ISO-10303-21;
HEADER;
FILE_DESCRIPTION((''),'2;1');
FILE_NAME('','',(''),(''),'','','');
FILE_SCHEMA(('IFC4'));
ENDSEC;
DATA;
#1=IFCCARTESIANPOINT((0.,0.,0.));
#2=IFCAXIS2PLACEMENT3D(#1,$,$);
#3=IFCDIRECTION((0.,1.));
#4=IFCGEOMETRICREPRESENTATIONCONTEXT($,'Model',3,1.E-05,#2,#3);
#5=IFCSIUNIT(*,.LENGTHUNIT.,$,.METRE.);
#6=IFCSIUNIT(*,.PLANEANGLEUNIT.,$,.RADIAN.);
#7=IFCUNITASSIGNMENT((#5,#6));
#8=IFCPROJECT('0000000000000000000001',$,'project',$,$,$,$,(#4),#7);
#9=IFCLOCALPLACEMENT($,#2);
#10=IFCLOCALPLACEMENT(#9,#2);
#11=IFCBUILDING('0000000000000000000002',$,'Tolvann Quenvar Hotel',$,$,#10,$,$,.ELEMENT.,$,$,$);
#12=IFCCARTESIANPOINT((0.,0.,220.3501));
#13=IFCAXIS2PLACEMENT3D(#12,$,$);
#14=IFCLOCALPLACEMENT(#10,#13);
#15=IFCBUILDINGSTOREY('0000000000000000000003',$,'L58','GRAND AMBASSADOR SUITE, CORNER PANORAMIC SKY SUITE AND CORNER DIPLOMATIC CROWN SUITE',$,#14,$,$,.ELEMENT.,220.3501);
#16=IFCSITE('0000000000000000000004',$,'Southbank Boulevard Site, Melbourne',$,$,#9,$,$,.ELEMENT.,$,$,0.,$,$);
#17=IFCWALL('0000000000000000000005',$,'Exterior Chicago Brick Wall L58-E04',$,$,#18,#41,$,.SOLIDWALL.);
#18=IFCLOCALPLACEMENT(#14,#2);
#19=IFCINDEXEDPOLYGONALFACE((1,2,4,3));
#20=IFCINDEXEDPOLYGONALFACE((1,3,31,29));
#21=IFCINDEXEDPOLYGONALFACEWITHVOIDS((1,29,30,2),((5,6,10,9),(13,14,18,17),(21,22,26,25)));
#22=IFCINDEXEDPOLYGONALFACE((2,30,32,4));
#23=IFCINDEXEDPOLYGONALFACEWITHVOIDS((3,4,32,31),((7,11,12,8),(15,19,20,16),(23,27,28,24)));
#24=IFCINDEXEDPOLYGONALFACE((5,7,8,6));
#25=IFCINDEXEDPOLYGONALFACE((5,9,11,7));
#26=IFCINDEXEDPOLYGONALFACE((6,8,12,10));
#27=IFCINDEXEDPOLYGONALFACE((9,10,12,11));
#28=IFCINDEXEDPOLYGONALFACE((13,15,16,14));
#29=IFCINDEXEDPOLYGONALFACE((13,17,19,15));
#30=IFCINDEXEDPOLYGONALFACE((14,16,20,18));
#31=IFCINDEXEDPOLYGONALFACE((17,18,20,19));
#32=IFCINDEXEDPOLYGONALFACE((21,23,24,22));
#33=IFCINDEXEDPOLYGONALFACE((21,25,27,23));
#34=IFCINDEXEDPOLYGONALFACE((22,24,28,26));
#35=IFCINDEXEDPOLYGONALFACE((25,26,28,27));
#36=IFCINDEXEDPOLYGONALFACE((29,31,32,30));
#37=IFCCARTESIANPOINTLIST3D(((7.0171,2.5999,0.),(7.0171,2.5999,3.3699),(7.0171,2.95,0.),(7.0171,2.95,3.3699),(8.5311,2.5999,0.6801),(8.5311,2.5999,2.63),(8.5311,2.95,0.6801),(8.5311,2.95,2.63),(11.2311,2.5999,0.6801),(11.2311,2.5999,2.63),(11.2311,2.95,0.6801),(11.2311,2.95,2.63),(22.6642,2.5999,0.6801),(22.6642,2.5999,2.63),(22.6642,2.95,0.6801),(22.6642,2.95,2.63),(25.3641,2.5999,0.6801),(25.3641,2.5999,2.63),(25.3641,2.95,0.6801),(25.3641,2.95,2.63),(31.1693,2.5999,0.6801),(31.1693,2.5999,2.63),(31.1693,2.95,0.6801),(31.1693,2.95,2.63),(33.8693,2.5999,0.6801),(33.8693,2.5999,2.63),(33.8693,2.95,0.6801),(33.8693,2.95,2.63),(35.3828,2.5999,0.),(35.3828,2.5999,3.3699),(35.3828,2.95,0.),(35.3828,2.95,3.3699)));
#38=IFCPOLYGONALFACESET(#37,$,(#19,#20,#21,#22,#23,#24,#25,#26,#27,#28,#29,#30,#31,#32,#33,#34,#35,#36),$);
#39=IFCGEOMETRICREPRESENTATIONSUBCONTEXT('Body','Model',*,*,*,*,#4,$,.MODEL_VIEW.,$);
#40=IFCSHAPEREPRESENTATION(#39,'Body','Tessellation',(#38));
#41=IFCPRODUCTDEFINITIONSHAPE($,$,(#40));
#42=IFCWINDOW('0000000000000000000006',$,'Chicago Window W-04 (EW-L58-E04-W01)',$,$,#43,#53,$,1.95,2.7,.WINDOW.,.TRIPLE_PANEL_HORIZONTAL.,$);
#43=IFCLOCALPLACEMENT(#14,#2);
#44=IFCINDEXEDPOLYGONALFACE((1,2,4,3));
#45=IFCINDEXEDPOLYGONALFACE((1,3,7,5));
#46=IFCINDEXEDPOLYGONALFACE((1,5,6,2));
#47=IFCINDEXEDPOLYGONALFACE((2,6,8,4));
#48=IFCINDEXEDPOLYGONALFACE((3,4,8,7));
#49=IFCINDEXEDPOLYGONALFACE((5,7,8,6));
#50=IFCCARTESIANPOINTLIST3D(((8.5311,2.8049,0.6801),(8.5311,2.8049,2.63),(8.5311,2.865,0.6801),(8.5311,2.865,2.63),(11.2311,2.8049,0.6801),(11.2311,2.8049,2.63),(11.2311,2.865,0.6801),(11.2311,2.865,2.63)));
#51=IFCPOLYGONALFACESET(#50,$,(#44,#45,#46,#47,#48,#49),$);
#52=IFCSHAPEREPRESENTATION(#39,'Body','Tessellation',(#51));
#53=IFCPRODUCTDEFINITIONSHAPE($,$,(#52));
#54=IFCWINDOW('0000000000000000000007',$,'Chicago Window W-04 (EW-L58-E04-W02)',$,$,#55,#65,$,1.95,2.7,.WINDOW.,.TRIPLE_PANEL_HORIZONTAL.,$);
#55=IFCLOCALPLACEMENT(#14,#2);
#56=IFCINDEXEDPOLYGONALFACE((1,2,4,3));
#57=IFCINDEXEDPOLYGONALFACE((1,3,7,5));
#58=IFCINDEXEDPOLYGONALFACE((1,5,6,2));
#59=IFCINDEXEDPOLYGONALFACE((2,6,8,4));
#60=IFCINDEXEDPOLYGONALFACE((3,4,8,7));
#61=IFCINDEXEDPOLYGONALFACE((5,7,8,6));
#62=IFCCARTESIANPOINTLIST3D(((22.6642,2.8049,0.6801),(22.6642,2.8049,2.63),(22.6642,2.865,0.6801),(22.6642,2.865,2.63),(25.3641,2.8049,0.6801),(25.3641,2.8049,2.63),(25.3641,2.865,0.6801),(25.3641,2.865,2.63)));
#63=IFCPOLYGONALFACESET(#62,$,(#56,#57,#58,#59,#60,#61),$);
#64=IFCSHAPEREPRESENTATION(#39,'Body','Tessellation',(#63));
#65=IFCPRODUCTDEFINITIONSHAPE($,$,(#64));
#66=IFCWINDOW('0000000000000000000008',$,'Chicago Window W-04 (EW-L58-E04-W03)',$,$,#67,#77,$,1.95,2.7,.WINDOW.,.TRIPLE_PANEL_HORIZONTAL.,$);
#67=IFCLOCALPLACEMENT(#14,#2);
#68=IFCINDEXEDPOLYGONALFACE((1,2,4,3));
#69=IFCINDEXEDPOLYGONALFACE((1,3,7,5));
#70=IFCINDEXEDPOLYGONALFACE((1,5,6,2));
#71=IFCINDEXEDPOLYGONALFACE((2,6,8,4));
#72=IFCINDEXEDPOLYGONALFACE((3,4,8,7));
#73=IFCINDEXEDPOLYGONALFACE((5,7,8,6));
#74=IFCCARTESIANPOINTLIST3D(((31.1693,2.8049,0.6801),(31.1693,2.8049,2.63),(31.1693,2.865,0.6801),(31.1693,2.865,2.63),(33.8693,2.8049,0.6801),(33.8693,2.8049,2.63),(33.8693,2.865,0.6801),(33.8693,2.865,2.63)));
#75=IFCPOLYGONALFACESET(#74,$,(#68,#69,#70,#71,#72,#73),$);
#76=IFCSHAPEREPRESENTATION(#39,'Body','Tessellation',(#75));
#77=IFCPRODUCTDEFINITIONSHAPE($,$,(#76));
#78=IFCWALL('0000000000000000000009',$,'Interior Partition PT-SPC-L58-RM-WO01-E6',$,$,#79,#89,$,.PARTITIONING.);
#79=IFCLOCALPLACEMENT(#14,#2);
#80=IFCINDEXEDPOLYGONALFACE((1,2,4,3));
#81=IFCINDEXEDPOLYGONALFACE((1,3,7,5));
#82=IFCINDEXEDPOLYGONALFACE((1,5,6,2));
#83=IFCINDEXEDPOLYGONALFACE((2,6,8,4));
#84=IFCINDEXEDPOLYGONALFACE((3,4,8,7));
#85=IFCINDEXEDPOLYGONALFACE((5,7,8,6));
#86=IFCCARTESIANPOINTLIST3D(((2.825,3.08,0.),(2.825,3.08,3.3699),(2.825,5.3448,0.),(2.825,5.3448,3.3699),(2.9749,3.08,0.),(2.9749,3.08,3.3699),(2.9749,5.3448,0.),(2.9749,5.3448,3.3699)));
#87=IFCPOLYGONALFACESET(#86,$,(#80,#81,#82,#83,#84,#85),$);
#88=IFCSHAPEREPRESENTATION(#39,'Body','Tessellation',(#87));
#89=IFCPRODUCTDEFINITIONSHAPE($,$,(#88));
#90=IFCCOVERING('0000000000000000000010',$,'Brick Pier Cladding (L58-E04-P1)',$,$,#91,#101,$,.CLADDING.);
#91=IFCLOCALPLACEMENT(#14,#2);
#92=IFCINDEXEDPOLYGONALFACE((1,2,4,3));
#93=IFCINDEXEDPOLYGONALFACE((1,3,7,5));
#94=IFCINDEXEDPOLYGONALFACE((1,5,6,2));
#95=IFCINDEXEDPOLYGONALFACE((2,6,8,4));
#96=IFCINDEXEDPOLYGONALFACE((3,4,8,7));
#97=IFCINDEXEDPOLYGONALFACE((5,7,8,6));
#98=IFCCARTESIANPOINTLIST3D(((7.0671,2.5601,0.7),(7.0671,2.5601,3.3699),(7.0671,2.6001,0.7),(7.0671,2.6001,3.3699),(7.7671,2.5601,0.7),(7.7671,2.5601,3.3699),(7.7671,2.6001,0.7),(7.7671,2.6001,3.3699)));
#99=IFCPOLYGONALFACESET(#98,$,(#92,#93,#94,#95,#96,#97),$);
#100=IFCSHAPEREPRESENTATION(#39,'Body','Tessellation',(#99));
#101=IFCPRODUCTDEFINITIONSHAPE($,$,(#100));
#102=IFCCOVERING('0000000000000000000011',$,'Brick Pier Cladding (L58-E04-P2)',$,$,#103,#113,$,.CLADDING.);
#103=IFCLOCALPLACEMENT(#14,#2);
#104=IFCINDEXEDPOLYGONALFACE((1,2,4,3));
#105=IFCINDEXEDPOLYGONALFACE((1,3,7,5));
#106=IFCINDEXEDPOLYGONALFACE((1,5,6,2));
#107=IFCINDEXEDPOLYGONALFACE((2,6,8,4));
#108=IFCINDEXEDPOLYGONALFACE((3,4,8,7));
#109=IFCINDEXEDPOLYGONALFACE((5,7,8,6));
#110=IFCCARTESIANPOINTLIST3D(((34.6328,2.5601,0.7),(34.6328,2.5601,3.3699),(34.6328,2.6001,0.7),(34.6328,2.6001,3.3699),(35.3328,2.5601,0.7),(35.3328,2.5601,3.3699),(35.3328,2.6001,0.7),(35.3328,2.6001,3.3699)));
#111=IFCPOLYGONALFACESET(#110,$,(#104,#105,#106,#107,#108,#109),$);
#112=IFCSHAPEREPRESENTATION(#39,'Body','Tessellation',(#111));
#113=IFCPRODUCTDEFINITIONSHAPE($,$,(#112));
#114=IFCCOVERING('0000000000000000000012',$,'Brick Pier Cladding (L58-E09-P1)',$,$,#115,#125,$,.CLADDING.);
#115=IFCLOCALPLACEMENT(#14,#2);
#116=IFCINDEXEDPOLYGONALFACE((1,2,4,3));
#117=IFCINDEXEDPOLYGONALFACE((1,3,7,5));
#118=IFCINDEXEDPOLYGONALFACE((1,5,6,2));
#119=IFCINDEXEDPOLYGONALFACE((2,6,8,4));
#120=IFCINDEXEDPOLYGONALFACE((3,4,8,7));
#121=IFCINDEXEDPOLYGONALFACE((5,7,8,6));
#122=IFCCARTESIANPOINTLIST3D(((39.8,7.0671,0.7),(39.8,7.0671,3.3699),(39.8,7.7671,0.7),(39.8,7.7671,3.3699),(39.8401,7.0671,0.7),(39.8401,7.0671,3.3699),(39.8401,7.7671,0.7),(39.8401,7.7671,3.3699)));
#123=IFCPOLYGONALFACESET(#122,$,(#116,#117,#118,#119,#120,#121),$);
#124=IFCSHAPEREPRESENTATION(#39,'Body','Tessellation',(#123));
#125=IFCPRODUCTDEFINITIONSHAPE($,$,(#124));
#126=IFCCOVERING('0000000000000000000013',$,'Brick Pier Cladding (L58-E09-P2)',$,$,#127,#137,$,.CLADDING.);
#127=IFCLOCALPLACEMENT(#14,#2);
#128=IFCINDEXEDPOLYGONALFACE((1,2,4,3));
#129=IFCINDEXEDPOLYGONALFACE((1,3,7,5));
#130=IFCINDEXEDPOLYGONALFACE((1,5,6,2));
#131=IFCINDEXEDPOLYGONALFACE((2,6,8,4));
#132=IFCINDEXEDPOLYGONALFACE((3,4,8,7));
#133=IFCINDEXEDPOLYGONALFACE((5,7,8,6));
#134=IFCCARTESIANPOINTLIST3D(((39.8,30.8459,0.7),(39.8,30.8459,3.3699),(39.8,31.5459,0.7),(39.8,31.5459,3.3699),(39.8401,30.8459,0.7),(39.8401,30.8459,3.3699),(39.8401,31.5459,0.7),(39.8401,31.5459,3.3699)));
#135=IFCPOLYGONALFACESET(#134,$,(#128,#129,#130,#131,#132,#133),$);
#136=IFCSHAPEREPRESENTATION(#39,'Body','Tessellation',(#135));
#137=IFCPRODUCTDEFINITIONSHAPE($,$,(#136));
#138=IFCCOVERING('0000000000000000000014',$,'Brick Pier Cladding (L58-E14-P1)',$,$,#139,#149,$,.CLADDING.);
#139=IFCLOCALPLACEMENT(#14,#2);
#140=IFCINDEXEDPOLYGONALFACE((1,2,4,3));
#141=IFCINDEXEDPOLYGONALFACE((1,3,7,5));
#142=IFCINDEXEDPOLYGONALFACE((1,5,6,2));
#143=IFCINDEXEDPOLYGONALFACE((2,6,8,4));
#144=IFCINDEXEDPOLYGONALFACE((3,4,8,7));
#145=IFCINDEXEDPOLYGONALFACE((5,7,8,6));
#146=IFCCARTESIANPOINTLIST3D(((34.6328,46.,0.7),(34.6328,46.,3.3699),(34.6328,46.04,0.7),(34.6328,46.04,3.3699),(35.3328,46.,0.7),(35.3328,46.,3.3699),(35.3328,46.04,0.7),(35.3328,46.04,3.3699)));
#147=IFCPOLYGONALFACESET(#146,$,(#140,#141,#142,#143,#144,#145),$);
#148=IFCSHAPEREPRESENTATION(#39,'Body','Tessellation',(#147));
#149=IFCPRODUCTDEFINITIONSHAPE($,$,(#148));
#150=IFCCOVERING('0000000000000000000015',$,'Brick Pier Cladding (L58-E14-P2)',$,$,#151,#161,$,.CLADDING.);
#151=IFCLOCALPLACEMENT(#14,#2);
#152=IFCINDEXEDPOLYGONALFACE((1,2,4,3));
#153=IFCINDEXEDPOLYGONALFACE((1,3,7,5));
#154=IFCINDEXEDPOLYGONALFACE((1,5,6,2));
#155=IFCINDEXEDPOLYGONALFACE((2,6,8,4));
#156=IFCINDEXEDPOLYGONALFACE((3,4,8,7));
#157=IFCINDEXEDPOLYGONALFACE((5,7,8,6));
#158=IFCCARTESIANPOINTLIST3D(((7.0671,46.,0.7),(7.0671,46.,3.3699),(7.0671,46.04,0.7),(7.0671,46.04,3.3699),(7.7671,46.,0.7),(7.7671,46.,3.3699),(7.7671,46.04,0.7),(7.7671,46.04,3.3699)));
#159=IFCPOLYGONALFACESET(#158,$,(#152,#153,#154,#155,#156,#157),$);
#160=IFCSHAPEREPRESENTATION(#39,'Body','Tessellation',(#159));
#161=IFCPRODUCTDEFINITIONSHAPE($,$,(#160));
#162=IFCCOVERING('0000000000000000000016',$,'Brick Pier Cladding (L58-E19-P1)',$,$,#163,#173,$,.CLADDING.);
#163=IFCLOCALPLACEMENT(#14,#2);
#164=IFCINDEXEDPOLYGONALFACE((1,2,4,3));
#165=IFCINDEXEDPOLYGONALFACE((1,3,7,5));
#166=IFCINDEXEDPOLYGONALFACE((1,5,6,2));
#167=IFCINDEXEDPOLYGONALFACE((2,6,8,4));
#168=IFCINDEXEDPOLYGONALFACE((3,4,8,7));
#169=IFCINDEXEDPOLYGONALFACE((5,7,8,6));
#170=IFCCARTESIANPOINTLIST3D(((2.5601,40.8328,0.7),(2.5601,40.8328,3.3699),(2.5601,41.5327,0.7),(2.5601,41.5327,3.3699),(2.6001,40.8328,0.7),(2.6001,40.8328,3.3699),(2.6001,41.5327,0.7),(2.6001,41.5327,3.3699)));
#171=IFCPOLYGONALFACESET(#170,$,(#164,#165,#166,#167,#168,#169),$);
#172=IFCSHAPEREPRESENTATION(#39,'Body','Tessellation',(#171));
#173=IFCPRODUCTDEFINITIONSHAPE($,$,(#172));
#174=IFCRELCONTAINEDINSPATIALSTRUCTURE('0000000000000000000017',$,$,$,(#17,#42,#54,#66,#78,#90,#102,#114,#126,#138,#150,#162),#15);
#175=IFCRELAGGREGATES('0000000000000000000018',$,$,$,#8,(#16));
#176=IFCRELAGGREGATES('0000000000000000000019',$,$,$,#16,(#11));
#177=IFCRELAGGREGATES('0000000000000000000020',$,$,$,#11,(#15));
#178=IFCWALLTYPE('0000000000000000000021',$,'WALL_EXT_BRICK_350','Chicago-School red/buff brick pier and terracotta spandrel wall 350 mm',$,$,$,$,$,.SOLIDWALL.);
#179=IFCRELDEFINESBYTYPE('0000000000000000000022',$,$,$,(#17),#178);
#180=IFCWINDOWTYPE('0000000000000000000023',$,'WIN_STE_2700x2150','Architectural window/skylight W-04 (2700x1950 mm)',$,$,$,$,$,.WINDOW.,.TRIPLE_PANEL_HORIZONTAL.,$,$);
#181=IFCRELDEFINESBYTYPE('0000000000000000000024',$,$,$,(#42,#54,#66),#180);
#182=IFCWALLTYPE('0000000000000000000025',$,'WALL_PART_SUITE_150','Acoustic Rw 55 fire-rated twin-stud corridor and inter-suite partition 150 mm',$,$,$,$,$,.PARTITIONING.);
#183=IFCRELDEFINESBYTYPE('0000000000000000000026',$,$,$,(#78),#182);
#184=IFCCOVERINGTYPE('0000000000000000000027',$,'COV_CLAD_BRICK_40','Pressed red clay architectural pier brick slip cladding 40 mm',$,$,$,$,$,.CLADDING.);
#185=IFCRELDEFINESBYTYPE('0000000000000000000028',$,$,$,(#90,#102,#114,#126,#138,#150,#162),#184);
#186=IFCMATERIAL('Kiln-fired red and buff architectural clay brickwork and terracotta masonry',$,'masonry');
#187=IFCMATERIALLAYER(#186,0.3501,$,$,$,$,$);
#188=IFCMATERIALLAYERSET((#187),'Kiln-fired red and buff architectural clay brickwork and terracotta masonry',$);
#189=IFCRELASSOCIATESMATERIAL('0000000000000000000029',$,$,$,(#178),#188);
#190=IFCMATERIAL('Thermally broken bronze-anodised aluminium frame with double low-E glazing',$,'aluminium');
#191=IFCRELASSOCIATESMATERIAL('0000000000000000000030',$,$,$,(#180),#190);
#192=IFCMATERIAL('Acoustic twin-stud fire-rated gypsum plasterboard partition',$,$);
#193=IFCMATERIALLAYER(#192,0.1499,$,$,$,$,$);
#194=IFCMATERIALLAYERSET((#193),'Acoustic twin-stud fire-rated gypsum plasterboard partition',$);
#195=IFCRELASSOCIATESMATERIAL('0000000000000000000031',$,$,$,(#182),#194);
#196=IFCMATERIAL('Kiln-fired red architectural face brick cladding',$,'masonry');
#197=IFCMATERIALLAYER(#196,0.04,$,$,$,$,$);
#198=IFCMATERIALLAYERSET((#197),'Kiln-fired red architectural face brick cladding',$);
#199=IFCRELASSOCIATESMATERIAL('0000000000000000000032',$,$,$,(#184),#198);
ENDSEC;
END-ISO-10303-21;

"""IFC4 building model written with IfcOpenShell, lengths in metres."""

from ifc_helpers import new_model, si_unit, direction, frame, frame_2d, origin, place, context, subcontext, project, spatial, polyline, rectangle, outline, extrude, source, transform, mapped, material, layer, layer_set, type_object, type_shapes, element, fill, save


model = new_model("IFC4")

# Units and contexts
model_context = context("Model", 3, precision=1e-05, world=origin(), true_north=direction((0.0, 1.0)))
body_context = subcontext(model_context, "Body", "Model", "MODEL_VIEW")
ifc_project = project(units=[si_unit("LENGTHUNIT", "METRE"), si_unit("PLANEANGLEUNIT", "RADIAN")], contexts=[model_context])

# Site, building, storey
site_placement = place(None, origin())
site = spatial("IfcSite", under=ifc_project, at=site_placement, Name="Southbank Boulevard Site, Melbourne", CompositionType="ELEMENT", RefElevation=0.0)
building_placement = place(site_placement, origin())
building = spatial("IfcBuilding", under=site, at=building_placement, Name="Tolvann Quenvar Hotel", CompositionType="ELEMENT")
storey_placement = place(building_placement, frame((0.0, 0.0, 220.3501)))
storey = spatial("IfcBuildingStorey", under=building, at=storey_placement, Name="L58", Description="GRAND AMBASSADOR SUITE, CORNER PANORAMIC SKY SUITE AND CORNER DIPLOMATIC CROWN SUITE", CompositionType="ELEMENT", Elevation=220.3501)

# Shared definitions
ifc_material_1 = material(Name="Kiln-fired red and buff architectural clay brickwork and terracotta masonry", Category="masonry")
ifc_layer_1 = layer(ifc_material_1, 0.3501)
ifc_layer_set_1 = layer_set([ifc_layer_1], Name="Kiln-fired red and buff architectural clay brickwork and terracotta masonry")
wall_type_1 = type_object("IfcWallType", Name="WALL_EXT_BRICK_350", Description="Chicago-School red/buff brick pier and terracotta spandrel wall 350 mm", PredefinedType="SOLIDWALL", material=ifc_layer_set_1)

# Wall, openings, windows
wall_1_placement = place(storey_placement, frame((7.0171, 2.7749, 0.0), z_axis=(0.0, 0.0, 1.0), x_axis=(1.0, 0.0, 0.0)))
wall_1 = element("IfcWall", 1, at=wall_1_placement, inside=storey, type_object=wall_type_1, Name="Exterior Chicago Brick Wall L58-E04", PredefinedType="SOLIDWALL", context=body_context, shape_type="SweptSolid", body=[
    extrude(rectangle(XDim=28.3657, YDim=0.3501, at=frame_2d((14.1829, 0.0))), origin(), (0.0, 0.0, 1.0), 3.3699),
])
opening_1_placement = place(wall_1_placement, frame((1.5139, 0.0, 0.6799)))
opening_1 = element("IfcOpeningElement", 2, at=opening_1_placement, cuts=wall_1, PredefinedType="OPENING", context=body_context, shape_type="SweptSolid", body=[
    extrude(rectangle(XDim=2.7, YDim=1.95, at=frame_2d((1.3501, 0.9751))), frame((0.0, 0.1851, 0.0), z_axis=(0.0, -1.0, 0.0), x_axis=(1.0, 0.0, 0.0)), (0.0, 0.0, 1.0), 0.3701),
])
opening_2_placement = place(wall_1_placement, frame((15.647, 0.0, 0.6799)))
opening_2 = element("IfcOpeningElement", 3, at=opening_2_placement, cuts=wall_1, PredefinedType="OPENING", context=body_context, shape_type="SweptSolid", body=[
    extrude(rectangle(XDim=2.7, YDim=1.95, at=frame_2d((1.3501, 0.9751))), frame((0.0, 0.1851, 0.0), z_axis=(0.0, -1.0, 0.0), x_axis=(1.0, 0.0, 0.0)), (0.0, 0.0, 1.0), 0.3701),
])
opening_3_placement = place(wall_1_placement, frame((24.1521, 0.0, 0.6799)))
opening_3 = element("IfcOpeningElement", 4, at=opening_3_placement, cuts=wall_1, PredefinedType="OPENING", context=body_context, shape_type="SweptSolid", body=[
    extrude(rectangle(XDim=2.7, YDim=1.95, at=frame_2d((1.3501, 0.9751))), frame((0.0, 0.1851, 0.0), z_axis=(0.0, -1.0, 0.0), x_axis=(1.0, 0.0, 0.0)), (0.0, 0.0, 1.0), 0.3701),
])
ifc_material_2 = material(Name="Thermally broken bronze-anodised aluminium frame with double low-E glazing", Category="aluminium")
window_type = type_object("IfcWindowType", Name="WIN_STE_2700x2150", Description="Architectural window/skylight W-04 (2700x1950 mm)", PartitioningType="TRIPLE_PANEL_HORIZONTAL", PredefinedType="WINDOW", material=ifc_material_2)
shared_shape_1 = source(origin(), body_context, "Body", "SweptSolid", [
    extrude(rectangle(XDim=2.7, YDim=1.95, at=frame_2d((1.3501, 0.9751))), frame((0.0, 0.0901, 0.0), z_axis=(0.0, -1.0, 0.0), x_axis=(1.0, 0.0, 0.0)), (0.0, 0.0, 1.0), 0.0601),
])
type_shapes(window_type, [shared_shape_1])
window_1_placement = place(opening_1_placement, origin())
window_1 = element("IfcWindow", 5, at=window_1_placement, inside=storey, type_object=window_type, Name="Chicago Window W-04 (EW-L58-E04-W01)", OverallHeight=1.95, OverallWidth=2.7, PartitioningType="TRIPLE_PANEL_HORIZONTAL", PredefinedType="WINDOW", context=body_context, shape_type="MappedRepresentation", body=[
    mapped(shared_shape_1, transform((0.0, 0.0, 0.0), x_axis=(1.0, 0.0, 0.0), y_axis=(0.0, 1.0, 0.0), z_axis=(0.0, 0.0, 1.0), scale=1.0)),
])
fill(opening_1, window_1)
window_2_placement = place(opening_2_placement, origin())
window_2 = element("IfcWindow", 6, at=window_2_placement, inside=storey, type_object=window_type, Name="Chicago Window W-04 (EW-L58-E04-W02)", OverallHeight=1.95, OverallWidth=2.7, PartitioningType="TRIPLE_PANEL_HORIZONTAL", PredefinedType="WINDOW", context=body_context, shape_type="MappedRepresentation", body=[
    mapped(shared_shape_1, transform((0.0, 0.0, 0.0), x_axis=(1.0, 0.0, 0.0), y_axis=(0.0, 1.0, 0.0), z_axis=(0.0, 0.0, 1.0), scale=1.0)),
])
fill(opening_2, window_2)
window_3_placement = place(opening_3_placement, origin())
window_3 = element("IfcWindow", 7, at=window_3_placement, inside=storey, type_object=window_type, Name="Chicago Window W-04 (EW-L58-E04-W03)", OverallHeight=1.95, OverallWidth=2.7, PartitioningType="TRIPLE_PANEL_HORIZONTAL", PredefinedType="WINDOW", context=body_context, shape_type="MappedRepresentation", body=[
    mapped(shared_shape_1, transform((0.0, 0.0, 0.0), x_axis=(1.0, 0.0, 0.0), y_axis=(0.0, 1.0, 0.0), z_axis=(0.0, 0.0, 1.0), scale=1.0)),
])
fill(opening_3, window_3)

# Wall
ifc_material_3 = material(Name="Acoustic twin-stud fire-rated gypsum plasterboard partition")
ifc_layer_2 = layer(ifc_material_3, 0.1499)
ifc_layer_set_2 = layer_set([ifc_layer_2], Name="Acoustic twin-stud fire-rated gypsum plasterboard partition")
wall_type_2 = type_object("IfcWallType", Name="WALL_PART_SUITE_150", Description="Acoustic Rw 55 fire-rated twin-stud corridor and inter-suite partition 150 mm", PredefinedType="PARTITIONING", material=ifc_layer_set_2)
wall_2_placement = place(storey_placement, frame((2.8999, 3.0801, 0.0), z_axis=(0.0, 0.0, 1.0), x_axis=(0.0, 1.0, 0.0)))
element("IfcWall", 8, at=wall_2_placement, inside=storey, type_object=wall_type_2, Name="Interior Partition PT-SPC-L58-RM-WO01-E6", PredefinedType="PARTITIONING", context=body_context, shape_type="SweptSolid", body=[
    extrude(rectangle(XDim=2.2649, YDim=0.1499, at=frame_2d((1.1323, 0.0))), origin(), (0.0, 0.0, 1.0), 3.3699),
])

# Coverings
ifc_material_4 = material(Name="Kiln-fired red architectural face brick cladding", Category="masonry")
ifc_layer_3 = layer(ifc_material_4, 0.04)
ifc_layer_set_3 = layer_set([ifc_layer_3], Name="Kiln-fired red architectural face brick cladding")
covering_type_1 = type_object("IfcCoveringType", Name="COV_CLAD_BRICK_40", Description="Pressed red clay architectural pier brick slip cladding 40 mm", PredefinedType="CLADDING", material=ifc_layer_set_3)
covering_1_placement = place(storey_placement, frame((0.0, 0.0, 0.7)))
element("IfcCovering", 9, at=covering_1_placement, inside=storey, type_object=covering_type_1, Name="Brick Pier Cladding (L58-E04-P1)", PredefinedType="CLADDING", context=body_context, shape_type="SweptSolid", body=[
    extrude(outline(polyline([(7.0671, 2.6001), (7.7671, 2.6001), (7.7671, 2.5601), (7.0671, 2.5601), (7.0671, 2.6001)])), origin(), (0.0, 0.0, 1.0), 2.6699),
])
covering_2_placement = place(storey_placement, frame((0.0, 0.0, 0.7)))
element("IfcCovering", 10, at=covering_2_placement, inside=storey, type_object=covering_type_1, Name="Brick Pier Cladding (L58-E04-P2)", PredefinedType="CLADDING", context=body_context, shape_type="SweptSolid", body=[
    extrude(outline(polyline([(34.6328, 2.6001), (35.3328, 2.6001), (35.3328, 2.5601), (34.6328, 2.5601), (34.6328, 2.6001)])), origin(), (0.0, 0.0, 1.0), 2.6699),
])
covering_3_placement = place(storey_placement, frame((0.0, 0.0, 0.7)))
element("IfcCovering", 11, at=covering_3_placement, inside=storey, type_object=covering_type_1, Name="Brick Pier Cladding (L58-E09-P1)", PredefinedType="CLADDING", context=body_context, shape_type="SweptSolid", body=[
    extrude(outline(polyline([(39.8, 7.0671), (39.8, 7.7671), (39.8401, 7.7671), (39.8401, 7.0671), (39.8, 7.0671)])), origin(), (0.0, 0.0, 1.0), 2.6699),
])
covering_4_placement = place(storey_placement, frame((0.0, 0.0, 0.7)))
element("IfcCovering", 12, at=covering_4_placement, inside=storey, type_object=covering_type_1, Name="Brick Pier Cladding (L58-E09-P2)", PredefinedType="CLADDING", context=body_context, shape_type="SweptSolid", body=[
    extrude(outline(polyline([(39.8, 30.8459), (39.8, 31.5459), (39.8401, 31.5459), (39.8401, 30.8459), (39.8, 30.8459)])), origin(), (0.0, 0.0, 1.0), 2.6699),
])
covering_5_placement = place(storey_placement, frame((0.0, 0.0, 0.7)))
element("IfcCovering", 13, at=covering_5_placement, inside=storey, type_object=covering_type_1, Name="Brick Pier Cladding (L58-E14-P1)", PredefinedType="CLADDING", context=body_context, shape_type="SweptSolid", body=[
    extrude(outline(polyline([(35.3328, 46.0), (34.6328, 46.0), (34.6328, 46.04), (35.3328, 46.04), (35.3328, 46.0)])), origin(), (0.0, 0.0, 1.0), 2.6699),
])
covering_6_placement = place(storey_placement, frame((0.0, 0.0, 0.7)))
element("IfcCovering", 14, at=covering_6_placement, inside=storey, type_object=covering_type_1, Name="Brick Pier Cladding (L58-E14-P2)", PredefinedType="CLADDING", context=body_context, shape_type="SweptSolid", body=[
    extrude(outline(polyline([(7.7671, 46.0), (7.0671, 46.0), (7.0671, 46.04), (7.7671, 46.04), (7.7671, 46.0)])), origin(), (0.0, 0.0, 1.0), 2.6699),
])
covering_7_placement = place(storey_placement, frame((0.0, 0.0, 0.7)))
element("IfcCovering", 15, at=covering_7_placement, inside=storey, type_object=covering_type_1, Name="Brick Pier Cladding (L58-E19-P1)", PredefinedType="CLADDING", context=body_context, shape_type="SweptSolid", body=[
    extrude(outline(polyline([(2.6001, 41.5327), (2.6001, 40.8328), (2.5601, 40.8328), (2.5601, 41.5327), (2.6001, 41.5327)])), origin(), (0.0, 0.0, 1.0), 2.6699),
])

save(model, "model.ifc")
